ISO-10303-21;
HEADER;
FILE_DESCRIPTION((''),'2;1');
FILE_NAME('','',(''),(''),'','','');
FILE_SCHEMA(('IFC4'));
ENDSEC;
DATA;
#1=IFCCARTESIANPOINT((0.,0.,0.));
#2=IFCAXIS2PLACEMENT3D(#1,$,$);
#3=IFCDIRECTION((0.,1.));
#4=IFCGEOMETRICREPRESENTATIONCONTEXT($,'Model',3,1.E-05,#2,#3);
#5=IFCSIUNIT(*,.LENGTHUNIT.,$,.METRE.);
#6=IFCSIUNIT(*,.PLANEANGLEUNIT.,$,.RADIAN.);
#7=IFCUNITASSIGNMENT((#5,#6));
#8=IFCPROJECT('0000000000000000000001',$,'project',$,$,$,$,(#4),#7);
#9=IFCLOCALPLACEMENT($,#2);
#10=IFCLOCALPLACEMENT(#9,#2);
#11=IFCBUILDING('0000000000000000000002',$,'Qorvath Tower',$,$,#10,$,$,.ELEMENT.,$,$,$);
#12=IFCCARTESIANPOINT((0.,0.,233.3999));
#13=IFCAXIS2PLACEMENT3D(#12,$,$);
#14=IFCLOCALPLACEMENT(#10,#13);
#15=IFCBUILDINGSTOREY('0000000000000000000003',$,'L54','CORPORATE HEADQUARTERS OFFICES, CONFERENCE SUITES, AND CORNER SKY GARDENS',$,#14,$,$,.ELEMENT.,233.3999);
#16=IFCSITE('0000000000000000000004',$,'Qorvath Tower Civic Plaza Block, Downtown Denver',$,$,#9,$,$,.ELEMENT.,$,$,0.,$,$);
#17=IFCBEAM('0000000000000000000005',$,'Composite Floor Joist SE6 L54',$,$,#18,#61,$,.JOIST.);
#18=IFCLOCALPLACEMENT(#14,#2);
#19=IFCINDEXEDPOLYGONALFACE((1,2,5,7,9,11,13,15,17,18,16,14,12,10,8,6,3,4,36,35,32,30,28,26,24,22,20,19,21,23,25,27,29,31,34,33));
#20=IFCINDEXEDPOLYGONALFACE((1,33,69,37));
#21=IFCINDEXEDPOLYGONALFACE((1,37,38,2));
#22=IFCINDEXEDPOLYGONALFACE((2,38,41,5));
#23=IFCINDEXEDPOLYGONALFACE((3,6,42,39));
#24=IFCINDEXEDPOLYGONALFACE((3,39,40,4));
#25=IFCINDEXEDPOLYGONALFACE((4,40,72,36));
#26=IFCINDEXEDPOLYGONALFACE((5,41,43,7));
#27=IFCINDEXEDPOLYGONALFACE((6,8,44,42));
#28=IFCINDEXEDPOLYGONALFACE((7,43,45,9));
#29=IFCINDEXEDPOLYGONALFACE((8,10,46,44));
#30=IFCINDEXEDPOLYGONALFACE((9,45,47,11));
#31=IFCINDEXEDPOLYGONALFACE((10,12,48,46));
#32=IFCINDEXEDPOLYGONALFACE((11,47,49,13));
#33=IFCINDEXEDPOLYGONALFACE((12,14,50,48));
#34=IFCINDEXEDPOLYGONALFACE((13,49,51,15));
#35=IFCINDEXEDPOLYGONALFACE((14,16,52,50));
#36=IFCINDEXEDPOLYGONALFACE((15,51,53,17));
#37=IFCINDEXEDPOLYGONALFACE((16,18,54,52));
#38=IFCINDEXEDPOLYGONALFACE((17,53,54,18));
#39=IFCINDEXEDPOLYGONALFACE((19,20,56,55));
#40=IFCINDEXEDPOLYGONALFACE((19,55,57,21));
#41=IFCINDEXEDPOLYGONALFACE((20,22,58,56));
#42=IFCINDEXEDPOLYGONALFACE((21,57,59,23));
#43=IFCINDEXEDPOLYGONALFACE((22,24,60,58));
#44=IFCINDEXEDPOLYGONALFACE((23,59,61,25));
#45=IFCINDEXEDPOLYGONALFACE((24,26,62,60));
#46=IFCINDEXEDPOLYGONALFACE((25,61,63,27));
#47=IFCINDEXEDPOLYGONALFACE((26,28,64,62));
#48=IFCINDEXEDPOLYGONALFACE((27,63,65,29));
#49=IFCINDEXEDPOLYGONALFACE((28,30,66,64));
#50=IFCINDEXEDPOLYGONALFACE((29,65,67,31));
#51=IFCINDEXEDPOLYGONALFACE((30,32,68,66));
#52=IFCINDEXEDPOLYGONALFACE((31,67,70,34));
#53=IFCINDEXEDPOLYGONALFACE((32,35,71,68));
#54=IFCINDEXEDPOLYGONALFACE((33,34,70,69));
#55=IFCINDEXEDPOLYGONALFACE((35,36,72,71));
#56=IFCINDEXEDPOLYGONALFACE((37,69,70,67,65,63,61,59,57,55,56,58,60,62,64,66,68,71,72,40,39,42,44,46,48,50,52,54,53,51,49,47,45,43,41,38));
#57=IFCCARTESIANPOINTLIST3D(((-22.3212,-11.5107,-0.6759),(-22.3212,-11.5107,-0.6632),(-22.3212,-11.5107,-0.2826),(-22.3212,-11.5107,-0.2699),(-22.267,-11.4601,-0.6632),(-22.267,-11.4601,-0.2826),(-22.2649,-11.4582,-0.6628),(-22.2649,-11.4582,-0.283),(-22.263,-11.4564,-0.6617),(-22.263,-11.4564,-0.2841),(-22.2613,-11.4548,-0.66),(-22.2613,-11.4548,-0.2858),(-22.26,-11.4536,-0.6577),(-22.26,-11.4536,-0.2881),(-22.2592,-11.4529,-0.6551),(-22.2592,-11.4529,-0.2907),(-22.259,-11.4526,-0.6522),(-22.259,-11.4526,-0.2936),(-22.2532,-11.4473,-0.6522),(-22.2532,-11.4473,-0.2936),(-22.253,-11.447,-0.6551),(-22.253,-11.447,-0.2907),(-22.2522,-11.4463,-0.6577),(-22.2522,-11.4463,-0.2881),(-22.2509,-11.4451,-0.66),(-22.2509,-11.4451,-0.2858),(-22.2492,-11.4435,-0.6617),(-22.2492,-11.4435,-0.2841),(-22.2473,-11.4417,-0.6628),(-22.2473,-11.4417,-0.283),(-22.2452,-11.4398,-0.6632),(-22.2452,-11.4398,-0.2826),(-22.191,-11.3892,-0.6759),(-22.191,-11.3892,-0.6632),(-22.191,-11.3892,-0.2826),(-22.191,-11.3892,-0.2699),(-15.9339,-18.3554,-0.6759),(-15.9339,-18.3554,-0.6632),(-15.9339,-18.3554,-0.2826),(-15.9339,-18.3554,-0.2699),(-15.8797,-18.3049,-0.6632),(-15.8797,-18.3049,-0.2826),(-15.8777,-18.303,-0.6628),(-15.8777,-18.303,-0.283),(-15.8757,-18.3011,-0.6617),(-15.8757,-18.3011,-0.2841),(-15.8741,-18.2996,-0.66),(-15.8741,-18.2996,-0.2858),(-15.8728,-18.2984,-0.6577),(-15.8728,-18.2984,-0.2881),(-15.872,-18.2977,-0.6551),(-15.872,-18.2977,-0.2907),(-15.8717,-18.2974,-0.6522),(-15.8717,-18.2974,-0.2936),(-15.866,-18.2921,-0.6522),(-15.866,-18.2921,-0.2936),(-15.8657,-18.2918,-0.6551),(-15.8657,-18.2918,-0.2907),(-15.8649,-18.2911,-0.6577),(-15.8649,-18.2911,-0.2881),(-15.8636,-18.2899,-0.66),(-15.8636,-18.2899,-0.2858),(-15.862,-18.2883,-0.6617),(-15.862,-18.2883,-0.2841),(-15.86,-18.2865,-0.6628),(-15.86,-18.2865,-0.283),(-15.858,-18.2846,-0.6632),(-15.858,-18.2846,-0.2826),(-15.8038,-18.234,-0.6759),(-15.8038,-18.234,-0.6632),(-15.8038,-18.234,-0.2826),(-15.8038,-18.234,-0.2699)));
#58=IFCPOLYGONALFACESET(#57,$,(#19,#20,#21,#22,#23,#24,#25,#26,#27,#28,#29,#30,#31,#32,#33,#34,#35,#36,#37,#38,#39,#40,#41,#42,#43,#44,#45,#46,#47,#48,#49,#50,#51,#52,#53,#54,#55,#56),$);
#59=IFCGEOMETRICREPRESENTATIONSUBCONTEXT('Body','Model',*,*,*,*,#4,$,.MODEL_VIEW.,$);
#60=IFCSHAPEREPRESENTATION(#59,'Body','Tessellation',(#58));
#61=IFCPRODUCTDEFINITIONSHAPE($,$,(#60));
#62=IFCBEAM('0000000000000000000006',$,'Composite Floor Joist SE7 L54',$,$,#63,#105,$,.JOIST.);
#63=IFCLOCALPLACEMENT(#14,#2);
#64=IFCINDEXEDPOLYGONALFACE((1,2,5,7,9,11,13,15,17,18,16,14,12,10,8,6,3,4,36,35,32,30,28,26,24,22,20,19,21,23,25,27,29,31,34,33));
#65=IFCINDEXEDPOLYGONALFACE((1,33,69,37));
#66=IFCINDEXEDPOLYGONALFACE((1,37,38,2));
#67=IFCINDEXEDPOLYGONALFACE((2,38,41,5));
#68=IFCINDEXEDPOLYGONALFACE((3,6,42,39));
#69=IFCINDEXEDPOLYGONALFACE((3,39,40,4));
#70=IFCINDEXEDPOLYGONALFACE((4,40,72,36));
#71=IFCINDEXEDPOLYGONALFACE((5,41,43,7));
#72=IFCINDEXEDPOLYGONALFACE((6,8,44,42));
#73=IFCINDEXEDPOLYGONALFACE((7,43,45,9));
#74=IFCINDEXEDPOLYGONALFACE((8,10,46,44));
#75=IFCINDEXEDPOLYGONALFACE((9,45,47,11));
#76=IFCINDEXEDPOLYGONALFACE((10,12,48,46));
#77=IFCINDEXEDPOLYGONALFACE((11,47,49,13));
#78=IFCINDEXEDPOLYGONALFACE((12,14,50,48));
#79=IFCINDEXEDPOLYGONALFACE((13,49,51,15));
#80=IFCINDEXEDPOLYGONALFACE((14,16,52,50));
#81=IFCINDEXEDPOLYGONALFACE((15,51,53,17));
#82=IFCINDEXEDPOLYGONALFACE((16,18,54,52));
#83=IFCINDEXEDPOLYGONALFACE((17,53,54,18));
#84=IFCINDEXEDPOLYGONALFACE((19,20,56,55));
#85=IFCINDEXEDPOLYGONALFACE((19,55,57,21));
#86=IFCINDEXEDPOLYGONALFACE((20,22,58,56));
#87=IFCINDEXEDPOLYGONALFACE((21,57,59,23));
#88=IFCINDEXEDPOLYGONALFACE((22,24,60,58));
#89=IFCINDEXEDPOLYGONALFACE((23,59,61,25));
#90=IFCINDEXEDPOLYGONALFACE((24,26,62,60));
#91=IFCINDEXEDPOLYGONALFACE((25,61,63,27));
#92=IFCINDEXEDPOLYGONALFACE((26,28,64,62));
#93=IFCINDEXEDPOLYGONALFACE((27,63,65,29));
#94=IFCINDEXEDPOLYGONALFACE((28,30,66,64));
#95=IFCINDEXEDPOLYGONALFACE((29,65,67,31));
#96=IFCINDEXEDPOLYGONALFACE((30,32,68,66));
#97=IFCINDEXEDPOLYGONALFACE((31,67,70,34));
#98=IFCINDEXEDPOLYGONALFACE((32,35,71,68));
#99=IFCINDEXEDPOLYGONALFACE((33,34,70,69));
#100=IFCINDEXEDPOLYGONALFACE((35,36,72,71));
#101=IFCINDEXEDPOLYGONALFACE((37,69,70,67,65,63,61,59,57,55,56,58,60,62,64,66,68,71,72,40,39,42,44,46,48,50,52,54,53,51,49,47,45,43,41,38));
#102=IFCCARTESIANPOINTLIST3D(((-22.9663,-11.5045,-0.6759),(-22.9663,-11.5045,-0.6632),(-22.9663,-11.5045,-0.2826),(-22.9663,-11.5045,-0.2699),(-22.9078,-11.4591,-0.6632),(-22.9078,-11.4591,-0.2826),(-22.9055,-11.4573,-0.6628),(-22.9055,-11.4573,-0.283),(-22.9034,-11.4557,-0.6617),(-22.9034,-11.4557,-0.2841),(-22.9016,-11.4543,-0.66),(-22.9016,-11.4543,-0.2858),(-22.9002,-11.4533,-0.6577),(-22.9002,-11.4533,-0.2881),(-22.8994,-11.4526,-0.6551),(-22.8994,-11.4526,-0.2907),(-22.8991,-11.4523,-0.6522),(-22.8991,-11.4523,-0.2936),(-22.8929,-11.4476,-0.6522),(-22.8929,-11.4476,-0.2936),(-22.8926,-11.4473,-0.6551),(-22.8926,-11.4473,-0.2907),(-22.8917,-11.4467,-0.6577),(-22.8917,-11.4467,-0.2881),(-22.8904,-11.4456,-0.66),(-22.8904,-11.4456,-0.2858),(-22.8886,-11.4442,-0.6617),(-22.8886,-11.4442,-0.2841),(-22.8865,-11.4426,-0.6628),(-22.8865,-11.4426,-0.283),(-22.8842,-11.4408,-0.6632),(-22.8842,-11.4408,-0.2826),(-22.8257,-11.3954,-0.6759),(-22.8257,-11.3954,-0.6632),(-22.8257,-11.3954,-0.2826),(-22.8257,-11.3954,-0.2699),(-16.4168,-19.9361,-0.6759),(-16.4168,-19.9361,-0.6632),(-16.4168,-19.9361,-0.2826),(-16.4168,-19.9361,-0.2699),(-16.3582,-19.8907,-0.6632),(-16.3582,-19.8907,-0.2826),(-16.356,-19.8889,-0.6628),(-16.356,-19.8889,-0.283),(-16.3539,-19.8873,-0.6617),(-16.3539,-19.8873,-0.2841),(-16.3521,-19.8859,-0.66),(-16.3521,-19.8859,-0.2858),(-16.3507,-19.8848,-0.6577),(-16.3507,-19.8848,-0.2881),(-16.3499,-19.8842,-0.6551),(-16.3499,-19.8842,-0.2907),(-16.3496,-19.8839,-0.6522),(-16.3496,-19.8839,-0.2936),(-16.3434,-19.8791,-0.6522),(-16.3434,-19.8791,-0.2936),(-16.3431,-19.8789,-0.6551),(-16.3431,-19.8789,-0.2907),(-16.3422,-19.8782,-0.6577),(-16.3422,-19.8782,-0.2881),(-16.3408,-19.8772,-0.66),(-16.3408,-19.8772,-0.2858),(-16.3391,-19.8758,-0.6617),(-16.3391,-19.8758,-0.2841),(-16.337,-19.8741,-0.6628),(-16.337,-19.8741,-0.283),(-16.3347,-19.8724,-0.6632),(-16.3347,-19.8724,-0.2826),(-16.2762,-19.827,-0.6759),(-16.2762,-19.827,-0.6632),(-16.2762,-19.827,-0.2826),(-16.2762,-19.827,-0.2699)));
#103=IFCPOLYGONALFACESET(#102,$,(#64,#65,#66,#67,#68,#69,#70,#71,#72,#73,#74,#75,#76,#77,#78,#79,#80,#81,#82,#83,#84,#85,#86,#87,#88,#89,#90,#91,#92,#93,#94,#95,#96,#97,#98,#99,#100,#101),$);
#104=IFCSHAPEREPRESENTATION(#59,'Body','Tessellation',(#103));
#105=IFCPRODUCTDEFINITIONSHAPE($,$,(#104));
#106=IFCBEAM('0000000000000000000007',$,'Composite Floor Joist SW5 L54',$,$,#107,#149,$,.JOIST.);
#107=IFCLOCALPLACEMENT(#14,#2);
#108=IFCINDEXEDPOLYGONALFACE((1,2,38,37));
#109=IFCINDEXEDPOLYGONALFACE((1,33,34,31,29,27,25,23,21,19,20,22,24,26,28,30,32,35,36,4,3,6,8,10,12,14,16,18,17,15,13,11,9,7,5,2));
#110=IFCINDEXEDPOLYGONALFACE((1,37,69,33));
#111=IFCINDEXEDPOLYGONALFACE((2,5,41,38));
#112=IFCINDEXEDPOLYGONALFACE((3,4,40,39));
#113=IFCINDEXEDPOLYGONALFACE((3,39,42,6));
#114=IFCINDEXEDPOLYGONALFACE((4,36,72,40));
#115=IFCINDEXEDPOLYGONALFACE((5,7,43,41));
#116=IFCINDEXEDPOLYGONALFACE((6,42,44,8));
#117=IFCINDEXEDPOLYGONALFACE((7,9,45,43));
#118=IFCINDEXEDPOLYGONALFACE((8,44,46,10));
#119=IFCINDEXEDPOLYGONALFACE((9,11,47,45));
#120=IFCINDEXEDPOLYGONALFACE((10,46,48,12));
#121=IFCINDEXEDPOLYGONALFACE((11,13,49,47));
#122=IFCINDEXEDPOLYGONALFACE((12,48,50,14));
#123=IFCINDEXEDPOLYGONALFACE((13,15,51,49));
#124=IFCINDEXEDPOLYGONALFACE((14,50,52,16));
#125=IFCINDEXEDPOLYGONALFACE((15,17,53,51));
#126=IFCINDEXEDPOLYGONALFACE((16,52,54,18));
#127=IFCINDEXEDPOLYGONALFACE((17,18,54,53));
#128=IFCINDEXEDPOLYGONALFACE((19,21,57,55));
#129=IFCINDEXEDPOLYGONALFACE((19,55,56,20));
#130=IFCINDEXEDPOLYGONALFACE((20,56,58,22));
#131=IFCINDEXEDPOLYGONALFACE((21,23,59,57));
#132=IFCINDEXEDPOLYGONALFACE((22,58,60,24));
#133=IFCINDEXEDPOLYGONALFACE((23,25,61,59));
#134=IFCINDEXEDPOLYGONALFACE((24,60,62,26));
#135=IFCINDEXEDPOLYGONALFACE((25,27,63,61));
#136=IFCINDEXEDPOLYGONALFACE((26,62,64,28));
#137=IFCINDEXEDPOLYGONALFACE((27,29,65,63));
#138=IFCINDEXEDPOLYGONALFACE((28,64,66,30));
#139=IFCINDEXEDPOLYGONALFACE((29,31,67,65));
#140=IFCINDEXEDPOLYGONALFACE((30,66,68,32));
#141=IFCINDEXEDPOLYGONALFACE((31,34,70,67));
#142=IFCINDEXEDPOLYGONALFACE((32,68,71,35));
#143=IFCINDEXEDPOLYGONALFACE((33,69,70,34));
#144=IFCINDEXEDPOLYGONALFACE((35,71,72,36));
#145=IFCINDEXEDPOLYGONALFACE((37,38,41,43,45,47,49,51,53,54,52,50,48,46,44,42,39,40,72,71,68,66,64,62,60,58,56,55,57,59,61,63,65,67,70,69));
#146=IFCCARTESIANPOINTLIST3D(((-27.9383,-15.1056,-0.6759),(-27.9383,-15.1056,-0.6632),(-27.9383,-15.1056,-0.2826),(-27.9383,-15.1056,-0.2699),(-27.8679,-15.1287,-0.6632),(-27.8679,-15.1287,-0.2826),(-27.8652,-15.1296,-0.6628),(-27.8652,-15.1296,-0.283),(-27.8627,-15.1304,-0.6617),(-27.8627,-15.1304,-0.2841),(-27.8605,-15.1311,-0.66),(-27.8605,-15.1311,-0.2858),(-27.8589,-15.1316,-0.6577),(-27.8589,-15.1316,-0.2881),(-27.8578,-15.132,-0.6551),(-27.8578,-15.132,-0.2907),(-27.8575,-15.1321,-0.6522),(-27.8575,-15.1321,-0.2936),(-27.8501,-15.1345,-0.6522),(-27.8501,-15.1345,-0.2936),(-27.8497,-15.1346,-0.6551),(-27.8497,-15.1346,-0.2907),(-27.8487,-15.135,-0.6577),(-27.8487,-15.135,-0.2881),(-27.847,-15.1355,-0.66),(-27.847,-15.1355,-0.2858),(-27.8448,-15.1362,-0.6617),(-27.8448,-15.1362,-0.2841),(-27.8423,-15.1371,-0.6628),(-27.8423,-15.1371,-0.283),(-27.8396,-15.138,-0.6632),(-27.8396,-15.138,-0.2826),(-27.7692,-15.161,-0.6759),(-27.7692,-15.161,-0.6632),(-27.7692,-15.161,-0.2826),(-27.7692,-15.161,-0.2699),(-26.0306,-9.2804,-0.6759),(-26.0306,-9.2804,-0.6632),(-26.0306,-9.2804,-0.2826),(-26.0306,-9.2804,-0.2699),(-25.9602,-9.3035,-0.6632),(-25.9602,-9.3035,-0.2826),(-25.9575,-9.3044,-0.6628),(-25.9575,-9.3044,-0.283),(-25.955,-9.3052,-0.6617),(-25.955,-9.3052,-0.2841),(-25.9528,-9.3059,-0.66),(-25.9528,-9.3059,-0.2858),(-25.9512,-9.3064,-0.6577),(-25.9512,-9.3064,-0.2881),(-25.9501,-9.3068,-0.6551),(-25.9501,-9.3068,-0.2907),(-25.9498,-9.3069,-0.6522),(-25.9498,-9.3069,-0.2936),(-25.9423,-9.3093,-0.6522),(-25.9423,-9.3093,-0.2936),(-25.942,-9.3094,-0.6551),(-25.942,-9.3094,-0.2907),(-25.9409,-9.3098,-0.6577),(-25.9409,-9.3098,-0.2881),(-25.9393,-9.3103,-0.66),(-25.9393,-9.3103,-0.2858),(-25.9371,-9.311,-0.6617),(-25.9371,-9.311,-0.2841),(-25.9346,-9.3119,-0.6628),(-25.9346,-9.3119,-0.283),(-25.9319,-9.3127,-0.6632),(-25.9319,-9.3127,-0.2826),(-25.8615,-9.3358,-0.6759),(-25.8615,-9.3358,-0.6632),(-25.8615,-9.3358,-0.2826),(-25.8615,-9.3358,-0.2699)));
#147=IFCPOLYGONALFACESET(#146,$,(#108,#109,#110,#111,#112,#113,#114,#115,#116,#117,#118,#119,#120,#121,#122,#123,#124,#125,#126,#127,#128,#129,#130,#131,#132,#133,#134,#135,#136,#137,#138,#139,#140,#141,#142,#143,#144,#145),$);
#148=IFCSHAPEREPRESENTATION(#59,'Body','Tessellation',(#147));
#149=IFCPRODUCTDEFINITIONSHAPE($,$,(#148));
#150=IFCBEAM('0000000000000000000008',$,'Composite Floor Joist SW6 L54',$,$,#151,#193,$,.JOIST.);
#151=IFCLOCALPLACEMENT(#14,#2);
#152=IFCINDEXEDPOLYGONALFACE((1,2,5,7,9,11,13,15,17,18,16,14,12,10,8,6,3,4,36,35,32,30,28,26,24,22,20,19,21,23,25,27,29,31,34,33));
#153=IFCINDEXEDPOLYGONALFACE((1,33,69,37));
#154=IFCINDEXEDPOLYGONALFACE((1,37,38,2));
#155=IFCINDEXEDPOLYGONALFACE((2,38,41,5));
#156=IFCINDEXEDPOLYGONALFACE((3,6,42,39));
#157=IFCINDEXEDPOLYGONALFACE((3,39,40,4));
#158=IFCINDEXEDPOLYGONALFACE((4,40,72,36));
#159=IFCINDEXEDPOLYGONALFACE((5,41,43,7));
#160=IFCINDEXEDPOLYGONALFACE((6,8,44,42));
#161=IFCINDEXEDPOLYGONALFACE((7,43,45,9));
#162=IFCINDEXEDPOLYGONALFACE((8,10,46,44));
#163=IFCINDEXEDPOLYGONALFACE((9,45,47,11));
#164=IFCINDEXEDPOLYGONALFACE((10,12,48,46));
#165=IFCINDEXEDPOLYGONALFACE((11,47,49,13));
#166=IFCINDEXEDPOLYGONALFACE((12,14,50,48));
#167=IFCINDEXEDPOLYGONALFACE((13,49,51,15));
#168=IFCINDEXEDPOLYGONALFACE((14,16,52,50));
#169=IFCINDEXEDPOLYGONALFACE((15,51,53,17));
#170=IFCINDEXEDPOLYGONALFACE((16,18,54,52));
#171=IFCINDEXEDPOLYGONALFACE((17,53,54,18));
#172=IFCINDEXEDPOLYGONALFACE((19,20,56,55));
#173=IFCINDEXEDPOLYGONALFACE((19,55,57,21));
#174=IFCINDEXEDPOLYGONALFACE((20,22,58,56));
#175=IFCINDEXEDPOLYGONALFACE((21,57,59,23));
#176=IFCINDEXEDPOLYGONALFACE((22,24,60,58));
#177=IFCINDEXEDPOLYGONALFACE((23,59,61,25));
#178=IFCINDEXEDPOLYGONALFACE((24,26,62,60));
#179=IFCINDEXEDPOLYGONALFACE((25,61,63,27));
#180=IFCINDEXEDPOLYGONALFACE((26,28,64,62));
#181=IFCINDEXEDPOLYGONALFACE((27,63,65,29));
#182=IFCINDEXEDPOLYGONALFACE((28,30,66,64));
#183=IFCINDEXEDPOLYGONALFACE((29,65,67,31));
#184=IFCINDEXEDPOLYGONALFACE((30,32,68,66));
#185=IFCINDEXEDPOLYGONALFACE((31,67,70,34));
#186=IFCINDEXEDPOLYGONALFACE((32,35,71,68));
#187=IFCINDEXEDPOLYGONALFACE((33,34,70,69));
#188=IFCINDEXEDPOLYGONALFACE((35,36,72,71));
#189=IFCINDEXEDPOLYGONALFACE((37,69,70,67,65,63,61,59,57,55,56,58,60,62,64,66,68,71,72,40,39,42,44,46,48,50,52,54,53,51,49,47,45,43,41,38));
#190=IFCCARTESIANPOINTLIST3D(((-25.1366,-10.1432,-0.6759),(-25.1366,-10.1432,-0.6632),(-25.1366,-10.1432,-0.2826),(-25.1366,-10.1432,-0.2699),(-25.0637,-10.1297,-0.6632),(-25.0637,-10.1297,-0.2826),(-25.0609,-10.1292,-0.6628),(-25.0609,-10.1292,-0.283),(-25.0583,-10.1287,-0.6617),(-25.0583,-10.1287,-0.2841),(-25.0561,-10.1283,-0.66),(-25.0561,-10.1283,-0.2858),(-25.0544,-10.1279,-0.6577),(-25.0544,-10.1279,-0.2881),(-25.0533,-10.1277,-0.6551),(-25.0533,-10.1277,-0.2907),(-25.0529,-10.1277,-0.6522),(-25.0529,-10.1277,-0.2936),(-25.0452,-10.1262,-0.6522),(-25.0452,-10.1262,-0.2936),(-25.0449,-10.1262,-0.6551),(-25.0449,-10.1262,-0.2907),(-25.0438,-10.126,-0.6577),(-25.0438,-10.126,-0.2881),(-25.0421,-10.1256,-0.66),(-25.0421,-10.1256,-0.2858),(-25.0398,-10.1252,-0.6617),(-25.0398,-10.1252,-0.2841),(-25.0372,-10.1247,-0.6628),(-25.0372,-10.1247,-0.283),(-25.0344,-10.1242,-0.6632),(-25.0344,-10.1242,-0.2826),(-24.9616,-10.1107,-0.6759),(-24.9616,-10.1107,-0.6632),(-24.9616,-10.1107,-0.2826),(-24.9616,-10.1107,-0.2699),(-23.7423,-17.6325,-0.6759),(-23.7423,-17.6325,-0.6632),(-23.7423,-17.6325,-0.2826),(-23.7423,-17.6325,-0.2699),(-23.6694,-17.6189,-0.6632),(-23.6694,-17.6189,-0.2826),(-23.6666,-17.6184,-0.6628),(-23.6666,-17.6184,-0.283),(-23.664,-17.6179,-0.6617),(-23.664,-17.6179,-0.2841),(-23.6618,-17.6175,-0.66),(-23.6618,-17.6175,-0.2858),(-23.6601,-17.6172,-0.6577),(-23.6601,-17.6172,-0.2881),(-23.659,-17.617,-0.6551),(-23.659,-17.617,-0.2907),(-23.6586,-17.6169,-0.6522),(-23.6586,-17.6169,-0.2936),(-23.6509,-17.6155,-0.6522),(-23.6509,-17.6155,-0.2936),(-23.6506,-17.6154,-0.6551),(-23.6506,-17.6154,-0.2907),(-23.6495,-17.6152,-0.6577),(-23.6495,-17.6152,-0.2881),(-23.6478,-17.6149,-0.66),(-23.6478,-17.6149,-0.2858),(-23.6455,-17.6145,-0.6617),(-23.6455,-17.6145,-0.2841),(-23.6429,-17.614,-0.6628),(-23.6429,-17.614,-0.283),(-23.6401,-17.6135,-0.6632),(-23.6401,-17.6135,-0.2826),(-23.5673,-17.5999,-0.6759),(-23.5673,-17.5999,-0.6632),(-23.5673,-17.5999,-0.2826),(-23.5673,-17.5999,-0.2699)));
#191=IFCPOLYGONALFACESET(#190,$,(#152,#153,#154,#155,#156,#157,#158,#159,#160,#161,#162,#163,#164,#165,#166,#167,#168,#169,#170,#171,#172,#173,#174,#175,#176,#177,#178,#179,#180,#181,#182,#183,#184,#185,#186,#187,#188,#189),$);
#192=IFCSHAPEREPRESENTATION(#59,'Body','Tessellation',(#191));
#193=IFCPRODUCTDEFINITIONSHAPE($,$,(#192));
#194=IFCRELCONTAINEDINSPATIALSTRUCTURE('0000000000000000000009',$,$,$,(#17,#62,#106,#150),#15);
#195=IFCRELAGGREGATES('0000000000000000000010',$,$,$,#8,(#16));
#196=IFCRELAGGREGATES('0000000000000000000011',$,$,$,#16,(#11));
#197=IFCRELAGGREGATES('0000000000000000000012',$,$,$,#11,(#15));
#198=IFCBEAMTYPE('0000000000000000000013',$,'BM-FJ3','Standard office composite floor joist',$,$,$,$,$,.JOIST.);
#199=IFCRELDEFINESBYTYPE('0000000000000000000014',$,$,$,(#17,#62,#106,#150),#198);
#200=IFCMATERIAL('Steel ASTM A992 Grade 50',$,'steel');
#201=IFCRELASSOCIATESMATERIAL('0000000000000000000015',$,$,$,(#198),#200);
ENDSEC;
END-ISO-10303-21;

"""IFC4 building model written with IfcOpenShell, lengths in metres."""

from ifc_helpers import new_model, si_unit, direction, frame, origin, origin_2d, place, context, subcontext, project, spatial, i_section, extrude, material, material_profile, profile_set, type_object, element, save


model = new_model("IFC4")

# Units and contexts
model_context = context("Model", 3, precision=1e-05, world=origin(), true_north=direction((0.0, 1.0)))
body_context = subcontext(model_context, "Body", "Model", "MODEL_VIEW")
ifc_project = project(units=[si_unit("LENGTHUNIT", "METRE"), si_unit("PLANEANGLEUNIT", "RADIAN")], contexts=[model_context])

# Site, building, storey
site_placement = place(None, origin())
site = spatial("IfcSite", under=ifc_project, at=site_placement, Name="Qorvath Tower Civic Plaza Block, Downtown Denver", CompositionType="ELEMENT", RefElevation=0.0)
building_placement = place(site_placement, origin())
building = spatial("IfcBuilding", under=site, at=building_placement, Name="Qorvath Tower", CompositionType="ELEMENT")
storey_placement = place(building_placement, frame((0.0, 0.0, 233.3999)))
storey = spatial("IfcBuildingStorey", under=building, at=storey_placement, Name="L54", Description="CORPORATE HEADQUARTERS OFFICES, CONFERENCE SUITES, AND CORNER SKY GARDENS", CompositionType="ELEMENT", Elevation=233.3999)

# Beams
ifc_material_1 = material(Name="Steel ASTM A992 Grade 50", Category="steel")
ifc_material_profile_1 = material_profile(ifc_material_1, i_section(OverallWidth=0.178, OverallDepth=0.406, WebThickness=0.0078, FlangeThickness=0.0127, FilletRadius=0.011, at=origin_2d()), Name="W16x40")
ifc_profile_set_1 = profile_set([ifc_material_profile_1], Name="Steel ASTM A992 Grade 50")
beam_type_1 = type_object("IfcBeamType", Name="BM-FJ3", Description="Standard office composite floor joist", PredefinedType="JOIST", material=ifc_profile_set_1)
beam_1_placement = place(storey_placement, frame((-22.2561, -11.45, -0.4729), z_axis=(0.682249, -0.731119, 0.0), x_axis=(0.731119, 0.682249, 0.0)))
element("IfcBeam", 1, at=beam_1_placement, inside=storey, type_object=beam_type_1, Name="Composite Floor Joist SE6 L54", PredefinedType="JOIST", context=body_context, shape_type="SweptSolid", body=[
    extrude(i_section(OverallWidth=0.178, OverallDepth=0.406, WebThickness=0.0078, FlangeThickness=0.0127, FilletRadius=0.011, at=origin_2d()), origin(), (0.0, 0.0, 1.0), 9.3621),
])
beam_2_placement = place(storey_placement, frame((-22.896, -11.45, -0.4729), z_axis=(0.613451, -0.789733, 0.0), x_axis=(0.789733, 0.613451, 0.0)))
element("IfcBeam", 2, at=beam_2_placement, inside=storey, type_object=beam_type_1, Name="Composite Floor Joist SE7 L54", PredefinedType="JOIST", context=body_context, shape_type="SweptSolid", body=[
    extrude(i_section(OverallWidth=0.178, OverallDepth=0.406, WebThickness=0.0078, FlangeThickness=0.0127, FilletRadius=0.011, at=origin_2d()), origin(), (0.0, 0.0, 1.0), 10.6765),
])
beam_3_placement = place(storey_placement, frame((-25.946, -9.3081, -0.4729), z_axis=(-0.311229, -0.950335, 0.0), x_axis=(0.950335, -0.311229, 0.0)))
element("IfcBeam", 3, at=beam_3_placement, inside=storey, type_object=beam_type_1, Name="Composite Floor Joist SW5 L54", PredefinedType="JOIST", context=body_context, shape_type="SweptSolid", body=[
    extrude(i_section(OverallWidth=0.178, OverallDepth=0.406, WebThickness=0.0078, FlangeThickness=0.0127, FilletRadius=0.011, at=origin_2d()), origin(), (0.0, 0.0, 1.0), 6.1296),
])
beam_4_placement = place(storey_placement, frame((-25.0491, -10.127, -0.4729), z_axis=(0.183027, -0.983108, 0.0), x_axis=(0.983108, 0.183027, 0.0)))
element("IfcBeam", 4, at=beam_4_placement, inside=storey, type_object=beam_type_1, Name="Composite Floor Joist SW6 L54", PredefinedType="JOIST", context=body_context, shape_type="SweptSolid", body=[
    extrude(i_section(OverallWidth=0.178, OverallDepth=0.406, WebThickness=0.0078, FlangeThickness=0.0127, FilletRadius=0.011, at=origin_2d()), origin(), (0.0, 0.0, 1.0), 7.6179),
])

save(model, "model.ifc")
